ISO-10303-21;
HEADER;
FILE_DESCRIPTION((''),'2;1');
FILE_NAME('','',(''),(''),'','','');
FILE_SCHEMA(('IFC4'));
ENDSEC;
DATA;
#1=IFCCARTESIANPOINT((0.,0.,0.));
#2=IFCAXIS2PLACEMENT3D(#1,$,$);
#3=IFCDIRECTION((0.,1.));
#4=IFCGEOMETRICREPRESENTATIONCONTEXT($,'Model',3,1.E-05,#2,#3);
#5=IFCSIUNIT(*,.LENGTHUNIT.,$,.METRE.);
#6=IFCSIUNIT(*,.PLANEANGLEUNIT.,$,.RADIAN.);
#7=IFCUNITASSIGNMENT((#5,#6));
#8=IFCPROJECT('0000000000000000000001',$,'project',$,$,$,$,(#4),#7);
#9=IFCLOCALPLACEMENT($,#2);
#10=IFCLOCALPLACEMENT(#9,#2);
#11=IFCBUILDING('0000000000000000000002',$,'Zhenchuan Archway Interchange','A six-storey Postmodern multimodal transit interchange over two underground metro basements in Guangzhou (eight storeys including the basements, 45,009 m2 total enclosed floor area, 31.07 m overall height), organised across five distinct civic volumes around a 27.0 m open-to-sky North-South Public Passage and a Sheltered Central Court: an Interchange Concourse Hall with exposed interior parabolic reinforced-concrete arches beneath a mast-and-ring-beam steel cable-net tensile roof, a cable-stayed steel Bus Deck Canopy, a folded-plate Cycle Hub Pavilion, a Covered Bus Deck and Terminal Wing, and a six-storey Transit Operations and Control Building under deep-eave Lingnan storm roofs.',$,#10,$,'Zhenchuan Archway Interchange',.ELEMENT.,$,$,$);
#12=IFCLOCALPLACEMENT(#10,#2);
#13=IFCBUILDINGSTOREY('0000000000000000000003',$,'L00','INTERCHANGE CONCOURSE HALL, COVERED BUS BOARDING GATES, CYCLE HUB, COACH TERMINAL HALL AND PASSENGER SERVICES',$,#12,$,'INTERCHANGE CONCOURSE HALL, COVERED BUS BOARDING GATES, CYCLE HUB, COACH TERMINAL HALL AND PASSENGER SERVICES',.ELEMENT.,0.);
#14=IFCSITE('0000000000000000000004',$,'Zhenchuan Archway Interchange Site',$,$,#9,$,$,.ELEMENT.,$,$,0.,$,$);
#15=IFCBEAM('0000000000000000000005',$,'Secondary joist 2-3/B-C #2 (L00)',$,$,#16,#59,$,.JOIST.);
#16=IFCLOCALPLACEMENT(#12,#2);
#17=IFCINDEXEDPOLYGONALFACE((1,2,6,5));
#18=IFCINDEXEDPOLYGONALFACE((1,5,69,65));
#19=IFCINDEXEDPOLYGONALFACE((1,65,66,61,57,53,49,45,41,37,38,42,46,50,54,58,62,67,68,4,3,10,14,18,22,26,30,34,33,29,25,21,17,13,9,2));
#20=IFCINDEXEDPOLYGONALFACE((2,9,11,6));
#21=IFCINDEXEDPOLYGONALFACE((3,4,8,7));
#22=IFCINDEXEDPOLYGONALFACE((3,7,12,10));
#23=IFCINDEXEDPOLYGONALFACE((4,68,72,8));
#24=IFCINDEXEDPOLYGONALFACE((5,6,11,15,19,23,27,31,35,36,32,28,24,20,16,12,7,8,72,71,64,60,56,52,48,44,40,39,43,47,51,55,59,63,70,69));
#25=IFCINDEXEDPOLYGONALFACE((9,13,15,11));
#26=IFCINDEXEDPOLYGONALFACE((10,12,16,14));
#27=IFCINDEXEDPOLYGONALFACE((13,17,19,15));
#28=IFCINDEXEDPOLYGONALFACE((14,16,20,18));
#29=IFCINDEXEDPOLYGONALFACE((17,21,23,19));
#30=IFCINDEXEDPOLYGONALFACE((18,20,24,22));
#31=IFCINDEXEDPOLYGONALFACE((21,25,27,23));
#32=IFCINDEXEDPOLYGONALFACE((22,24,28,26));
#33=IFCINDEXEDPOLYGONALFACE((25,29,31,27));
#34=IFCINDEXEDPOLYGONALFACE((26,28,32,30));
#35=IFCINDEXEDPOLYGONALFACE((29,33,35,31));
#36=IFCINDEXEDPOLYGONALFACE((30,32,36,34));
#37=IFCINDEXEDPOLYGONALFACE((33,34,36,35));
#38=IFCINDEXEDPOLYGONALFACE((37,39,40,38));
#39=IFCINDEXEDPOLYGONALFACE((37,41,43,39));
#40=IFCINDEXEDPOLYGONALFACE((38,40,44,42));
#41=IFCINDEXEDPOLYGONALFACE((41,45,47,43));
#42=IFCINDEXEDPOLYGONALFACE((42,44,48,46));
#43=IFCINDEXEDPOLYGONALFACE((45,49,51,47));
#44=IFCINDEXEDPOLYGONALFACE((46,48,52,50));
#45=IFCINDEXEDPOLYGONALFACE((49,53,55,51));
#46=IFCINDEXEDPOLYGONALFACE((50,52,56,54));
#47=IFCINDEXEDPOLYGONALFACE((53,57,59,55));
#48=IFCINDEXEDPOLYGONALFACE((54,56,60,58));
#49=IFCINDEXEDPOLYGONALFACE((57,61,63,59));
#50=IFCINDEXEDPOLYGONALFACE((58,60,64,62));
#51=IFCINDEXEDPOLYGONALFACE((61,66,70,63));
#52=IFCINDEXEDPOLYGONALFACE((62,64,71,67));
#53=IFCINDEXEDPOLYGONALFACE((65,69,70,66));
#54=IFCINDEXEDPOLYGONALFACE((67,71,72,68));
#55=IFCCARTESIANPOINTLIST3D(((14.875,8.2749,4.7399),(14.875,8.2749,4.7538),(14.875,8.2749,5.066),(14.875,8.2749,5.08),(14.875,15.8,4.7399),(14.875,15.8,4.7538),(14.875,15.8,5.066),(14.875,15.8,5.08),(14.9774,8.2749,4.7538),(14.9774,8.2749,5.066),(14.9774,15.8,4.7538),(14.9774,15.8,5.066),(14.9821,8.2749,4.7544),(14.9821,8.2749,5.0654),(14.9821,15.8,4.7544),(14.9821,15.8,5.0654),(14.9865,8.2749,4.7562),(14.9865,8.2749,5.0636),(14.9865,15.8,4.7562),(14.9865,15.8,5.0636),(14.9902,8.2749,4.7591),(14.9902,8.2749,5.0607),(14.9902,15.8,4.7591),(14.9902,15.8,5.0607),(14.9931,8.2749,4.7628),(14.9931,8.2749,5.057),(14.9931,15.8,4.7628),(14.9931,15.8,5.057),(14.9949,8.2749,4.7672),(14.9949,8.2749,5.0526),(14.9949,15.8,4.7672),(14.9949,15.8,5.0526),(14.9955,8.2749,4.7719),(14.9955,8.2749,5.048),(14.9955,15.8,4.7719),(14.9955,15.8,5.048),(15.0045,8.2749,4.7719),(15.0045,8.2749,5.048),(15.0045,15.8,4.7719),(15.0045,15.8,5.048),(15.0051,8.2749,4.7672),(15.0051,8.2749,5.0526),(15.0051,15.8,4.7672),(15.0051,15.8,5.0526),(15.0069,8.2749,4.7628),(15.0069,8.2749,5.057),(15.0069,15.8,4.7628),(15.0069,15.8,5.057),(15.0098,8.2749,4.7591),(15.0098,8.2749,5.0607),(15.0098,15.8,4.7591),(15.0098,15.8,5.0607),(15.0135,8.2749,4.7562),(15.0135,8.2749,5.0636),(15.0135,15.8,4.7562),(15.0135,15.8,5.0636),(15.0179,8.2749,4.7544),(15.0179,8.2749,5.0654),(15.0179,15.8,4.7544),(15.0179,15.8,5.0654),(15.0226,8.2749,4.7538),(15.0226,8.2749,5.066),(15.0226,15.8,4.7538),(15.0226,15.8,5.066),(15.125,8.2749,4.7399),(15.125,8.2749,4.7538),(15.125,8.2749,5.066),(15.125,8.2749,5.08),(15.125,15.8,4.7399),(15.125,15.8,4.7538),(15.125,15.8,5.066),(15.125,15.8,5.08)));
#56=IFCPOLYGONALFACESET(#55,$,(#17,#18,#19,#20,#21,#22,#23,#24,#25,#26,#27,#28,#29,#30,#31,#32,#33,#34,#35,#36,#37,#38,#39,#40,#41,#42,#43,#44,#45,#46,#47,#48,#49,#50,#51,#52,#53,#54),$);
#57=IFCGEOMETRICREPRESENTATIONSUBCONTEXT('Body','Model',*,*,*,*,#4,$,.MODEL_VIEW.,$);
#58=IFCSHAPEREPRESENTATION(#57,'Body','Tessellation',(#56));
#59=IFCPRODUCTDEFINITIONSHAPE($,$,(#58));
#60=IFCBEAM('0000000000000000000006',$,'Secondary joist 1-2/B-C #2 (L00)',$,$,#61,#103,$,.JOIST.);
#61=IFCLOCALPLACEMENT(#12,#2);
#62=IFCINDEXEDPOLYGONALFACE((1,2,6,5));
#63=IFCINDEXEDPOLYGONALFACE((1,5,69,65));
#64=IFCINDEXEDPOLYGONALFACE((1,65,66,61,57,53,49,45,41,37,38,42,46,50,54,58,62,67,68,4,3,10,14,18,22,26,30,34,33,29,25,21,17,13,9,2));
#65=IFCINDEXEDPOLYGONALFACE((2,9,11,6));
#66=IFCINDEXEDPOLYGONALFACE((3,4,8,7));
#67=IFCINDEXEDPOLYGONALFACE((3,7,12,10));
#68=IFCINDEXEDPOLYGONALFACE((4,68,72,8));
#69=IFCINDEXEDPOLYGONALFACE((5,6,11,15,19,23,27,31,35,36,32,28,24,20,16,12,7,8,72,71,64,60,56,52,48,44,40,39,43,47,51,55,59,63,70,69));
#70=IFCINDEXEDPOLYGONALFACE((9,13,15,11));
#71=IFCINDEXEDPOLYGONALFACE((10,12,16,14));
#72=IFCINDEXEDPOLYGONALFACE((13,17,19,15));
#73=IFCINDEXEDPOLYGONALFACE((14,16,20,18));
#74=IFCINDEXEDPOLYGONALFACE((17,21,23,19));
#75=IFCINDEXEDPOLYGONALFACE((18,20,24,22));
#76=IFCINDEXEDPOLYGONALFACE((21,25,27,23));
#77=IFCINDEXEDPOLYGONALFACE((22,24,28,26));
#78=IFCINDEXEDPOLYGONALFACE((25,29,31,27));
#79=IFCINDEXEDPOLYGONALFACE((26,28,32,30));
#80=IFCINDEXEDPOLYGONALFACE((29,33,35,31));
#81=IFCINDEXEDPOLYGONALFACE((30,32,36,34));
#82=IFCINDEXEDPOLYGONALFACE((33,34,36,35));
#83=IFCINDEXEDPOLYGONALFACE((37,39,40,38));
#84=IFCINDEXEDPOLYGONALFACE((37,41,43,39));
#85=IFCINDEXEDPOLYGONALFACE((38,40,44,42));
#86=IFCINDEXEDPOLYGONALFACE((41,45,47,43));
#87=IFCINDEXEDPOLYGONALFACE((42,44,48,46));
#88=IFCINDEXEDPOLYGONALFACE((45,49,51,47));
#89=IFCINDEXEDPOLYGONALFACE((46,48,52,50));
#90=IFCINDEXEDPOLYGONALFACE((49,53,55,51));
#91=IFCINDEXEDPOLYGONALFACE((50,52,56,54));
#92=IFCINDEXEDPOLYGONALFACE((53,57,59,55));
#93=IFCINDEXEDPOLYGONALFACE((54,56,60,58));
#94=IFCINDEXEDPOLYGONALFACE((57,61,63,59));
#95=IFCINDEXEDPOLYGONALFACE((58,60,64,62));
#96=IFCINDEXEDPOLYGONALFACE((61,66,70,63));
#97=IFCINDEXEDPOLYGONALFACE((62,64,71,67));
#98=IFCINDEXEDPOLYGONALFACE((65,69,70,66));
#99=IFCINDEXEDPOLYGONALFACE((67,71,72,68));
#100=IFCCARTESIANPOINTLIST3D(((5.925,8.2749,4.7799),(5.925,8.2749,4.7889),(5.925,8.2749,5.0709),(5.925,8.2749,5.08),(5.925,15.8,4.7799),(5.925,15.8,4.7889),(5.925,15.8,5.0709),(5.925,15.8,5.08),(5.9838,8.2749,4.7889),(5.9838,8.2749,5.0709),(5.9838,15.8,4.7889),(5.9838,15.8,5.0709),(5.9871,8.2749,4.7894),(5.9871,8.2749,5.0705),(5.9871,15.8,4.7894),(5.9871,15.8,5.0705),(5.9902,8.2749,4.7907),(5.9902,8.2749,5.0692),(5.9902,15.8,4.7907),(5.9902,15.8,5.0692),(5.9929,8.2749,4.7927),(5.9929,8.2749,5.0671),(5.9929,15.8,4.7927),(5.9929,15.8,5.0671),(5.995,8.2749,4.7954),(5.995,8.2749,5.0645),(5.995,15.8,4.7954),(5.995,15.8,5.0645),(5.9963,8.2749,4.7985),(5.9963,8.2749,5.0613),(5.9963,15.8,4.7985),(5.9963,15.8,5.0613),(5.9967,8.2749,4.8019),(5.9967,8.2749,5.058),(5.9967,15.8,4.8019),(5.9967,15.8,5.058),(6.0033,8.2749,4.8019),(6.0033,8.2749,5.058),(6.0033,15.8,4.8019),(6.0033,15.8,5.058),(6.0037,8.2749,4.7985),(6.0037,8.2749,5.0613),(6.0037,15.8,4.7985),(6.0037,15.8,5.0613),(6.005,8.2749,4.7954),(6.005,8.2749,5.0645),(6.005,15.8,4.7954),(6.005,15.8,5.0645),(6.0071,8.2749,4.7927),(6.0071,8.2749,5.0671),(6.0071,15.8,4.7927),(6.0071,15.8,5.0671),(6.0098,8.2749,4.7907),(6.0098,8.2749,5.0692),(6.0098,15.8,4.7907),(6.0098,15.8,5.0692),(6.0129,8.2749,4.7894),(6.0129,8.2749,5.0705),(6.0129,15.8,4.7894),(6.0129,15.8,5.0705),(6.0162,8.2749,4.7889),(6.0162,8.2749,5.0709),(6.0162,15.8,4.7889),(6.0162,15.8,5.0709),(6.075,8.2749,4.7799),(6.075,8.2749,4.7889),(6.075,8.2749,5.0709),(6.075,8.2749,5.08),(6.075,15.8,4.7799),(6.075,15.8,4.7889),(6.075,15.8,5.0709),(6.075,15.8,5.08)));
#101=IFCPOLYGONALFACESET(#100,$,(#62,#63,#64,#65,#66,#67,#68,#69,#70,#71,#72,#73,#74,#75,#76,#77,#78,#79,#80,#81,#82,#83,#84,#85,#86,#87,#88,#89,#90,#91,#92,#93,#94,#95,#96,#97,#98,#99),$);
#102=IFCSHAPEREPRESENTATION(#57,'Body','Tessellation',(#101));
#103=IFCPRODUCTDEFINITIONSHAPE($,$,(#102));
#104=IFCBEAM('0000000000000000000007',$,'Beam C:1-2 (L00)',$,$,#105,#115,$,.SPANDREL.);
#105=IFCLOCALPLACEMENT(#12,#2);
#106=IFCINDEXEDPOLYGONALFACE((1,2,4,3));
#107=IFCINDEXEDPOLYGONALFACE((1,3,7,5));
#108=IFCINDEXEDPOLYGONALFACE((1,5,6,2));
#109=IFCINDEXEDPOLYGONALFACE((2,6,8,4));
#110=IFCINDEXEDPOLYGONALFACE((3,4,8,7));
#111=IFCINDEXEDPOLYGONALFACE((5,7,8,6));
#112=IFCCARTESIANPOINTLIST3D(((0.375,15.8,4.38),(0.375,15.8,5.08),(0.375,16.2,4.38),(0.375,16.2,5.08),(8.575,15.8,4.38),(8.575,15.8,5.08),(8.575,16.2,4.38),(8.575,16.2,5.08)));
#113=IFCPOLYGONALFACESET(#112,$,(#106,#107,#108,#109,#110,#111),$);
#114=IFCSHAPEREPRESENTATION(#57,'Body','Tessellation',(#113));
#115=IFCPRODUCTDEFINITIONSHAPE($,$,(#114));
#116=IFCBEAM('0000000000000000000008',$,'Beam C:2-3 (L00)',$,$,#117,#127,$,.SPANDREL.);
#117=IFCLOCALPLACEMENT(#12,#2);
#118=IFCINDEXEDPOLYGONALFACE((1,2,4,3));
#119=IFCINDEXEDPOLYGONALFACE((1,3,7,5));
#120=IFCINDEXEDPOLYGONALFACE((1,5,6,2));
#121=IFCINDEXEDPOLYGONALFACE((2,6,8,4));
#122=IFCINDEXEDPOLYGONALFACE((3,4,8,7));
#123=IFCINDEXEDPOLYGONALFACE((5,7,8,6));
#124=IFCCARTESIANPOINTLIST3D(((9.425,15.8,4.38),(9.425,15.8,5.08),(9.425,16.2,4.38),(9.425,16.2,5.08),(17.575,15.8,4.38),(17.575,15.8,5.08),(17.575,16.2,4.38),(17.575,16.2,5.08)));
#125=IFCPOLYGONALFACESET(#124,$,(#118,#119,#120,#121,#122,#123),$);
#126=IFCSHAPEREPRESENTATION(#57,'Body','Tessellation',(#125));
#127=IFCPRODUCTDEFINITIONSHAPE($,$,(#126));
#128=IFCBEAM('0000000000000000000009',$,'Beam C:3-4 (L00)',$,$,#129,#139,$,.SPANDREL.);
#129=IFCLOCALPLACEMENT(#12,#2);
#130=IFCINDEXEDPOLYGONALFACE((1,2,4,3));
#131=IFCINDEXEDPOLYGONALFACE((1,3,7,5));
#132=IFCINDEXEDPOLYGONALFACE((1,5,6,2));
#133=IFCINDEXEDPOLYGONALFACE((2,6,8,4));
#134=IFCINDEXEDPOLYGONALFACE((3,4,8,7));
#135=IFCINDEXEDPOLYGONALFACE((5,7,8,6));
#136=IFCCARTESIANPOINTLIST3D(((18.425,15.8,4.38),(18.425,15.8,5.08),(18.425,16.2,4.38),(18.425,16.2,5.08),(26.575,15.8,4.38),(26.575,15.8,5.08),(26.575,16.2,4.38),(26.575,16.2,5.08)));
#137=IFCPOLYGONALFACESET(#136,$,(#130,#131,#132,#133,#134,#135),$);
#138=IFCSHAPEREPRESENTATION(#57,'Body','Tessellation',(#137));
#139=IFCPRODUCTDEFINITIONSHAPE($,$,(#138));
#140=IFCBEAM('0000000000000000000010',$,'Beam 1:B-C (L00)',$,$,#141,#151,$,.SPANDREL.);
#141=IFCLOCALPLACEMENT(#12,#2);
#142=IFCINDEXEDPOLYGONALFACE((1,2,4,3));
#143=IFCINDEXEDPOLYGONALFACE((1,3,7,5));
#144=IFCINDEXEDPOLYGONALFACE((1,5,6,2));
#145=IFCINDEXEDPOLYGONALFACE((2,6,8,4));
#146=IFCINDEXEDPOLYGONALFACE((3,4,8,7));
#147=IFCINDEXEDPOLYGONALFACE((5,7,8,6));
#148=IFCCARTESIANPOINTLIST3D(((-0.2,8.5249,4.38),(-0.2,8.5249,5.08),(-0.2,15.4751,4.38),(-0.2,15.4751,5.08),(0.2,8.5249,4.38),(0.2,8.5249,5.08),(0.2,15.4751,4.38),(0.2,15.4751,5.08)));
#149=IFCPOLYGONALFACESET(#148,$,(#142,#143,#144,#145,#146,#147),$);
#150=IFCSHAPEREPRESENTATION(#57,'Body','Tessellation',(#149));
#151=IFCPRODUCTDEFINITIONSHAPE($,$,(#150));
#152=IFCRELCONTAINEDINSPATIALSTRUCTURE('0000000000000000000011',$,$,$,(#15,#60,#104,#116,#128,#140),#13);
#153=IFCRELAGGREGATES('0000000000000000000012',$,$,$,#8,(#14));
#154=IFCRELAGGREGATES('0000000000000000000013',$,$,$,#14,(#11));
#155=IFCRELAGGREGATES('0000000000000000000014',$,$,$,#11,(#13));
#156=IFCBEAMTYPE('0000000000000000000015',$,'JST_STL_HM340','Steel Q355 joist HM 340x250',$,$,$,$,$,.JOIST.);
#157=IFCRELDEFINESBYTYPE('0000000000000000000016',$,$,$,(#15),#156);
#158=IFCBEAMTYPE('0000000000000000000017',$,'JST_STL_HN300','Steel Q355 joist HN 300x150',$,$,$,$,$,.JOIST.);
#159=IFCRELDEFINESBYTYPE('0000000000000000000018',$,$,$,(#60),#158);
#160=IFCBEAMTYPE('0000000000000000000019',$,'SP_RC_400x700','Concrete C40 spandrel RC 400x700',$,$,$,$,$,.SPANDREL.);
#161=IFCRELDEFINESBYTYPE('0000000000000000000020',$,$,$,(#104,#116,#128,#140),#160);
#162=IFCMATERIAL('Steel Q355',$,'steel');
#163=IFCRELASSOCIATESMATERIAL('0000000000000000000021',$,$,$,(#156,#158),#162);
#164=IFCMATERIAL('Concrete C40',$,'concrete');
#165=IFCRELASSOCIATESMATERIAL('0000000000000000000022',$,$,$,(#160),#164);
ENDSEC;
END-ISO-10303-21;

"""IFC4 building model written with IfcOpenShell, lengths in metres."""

from ifc_helpers import new_model, si_unit, direction, frame, origin, origin_2d, place, context, subcontext, project, spatial, rectangle, i_section, extrude, material, material_profile, profile_set, type_object, element, save


model = new_model("IFC4")

# Units and contexts
model_context = context("Model", 3, precision=1e-05, world=origin(), true_north=direction((0.0, 1.0)))
body_context = subcontext(model_context, "Body", "Model", "MODEL_VIEW")
ifc_project = project(units=[si_unit("LENGTHUNIT", "METRE"), si_unit("PLANEANGLEUNIT", "RADIAN")], contexts=[model_context])

# Site, building, storey
site_placement = place(None, origin())
site = spatial("IfcSite", under=ifc_project, at=site_placement, Name="Zhenchuan Archway Interchange Site", CompositionType="ELEMENT", RefElevation=0.0)
building_placement = place(site_placement, origin())
building = spatial("IfcBuilding", under=site, at=building_placement, Name="Zhenchuan Archway Interchange", Description="A six-storey Postmodern multimodal transit interchange over two underground metro basements in Guangzhou (eight storeys including the basements, 45,009 m2 total enclosed floor area, 31.07 m overall height), organised across five distinct civic volumes around a 27.0 m open-to-sky North-South Public Passage and a Sheltered Central Court: an Interchange Concourse Hall with exposed interior parabolic reinforced-concrete arches beneath a mast-and-ring-beam steel cable-net tensile roof, a cable-stayed steel Bus Deck Canopy, a folded-plate Cycle Hub Pavilion, a Covered Bus Deck and Terminal Wing, and a six-storey Transit Operations and Control Building under deep-eave Lingnan storm roofs.", LongName="Zhenchuan Archway Interchange", CompositionType="ELEMENT")
storey_placement = place(building_placement, origin())
storey = spatial("IfcBuildingStorey", under=building, at=storey_placement, Name="L00", Description="INTERCHANGE CONCOURSE HALL, COVERED BUS BOARDING GATES, CYCLE HUB, COACH TERMINAL HALL AND PASSENGER SERVICES", LongName="INTERCHANGE CONCOURSE HALL, COVERED BUS BOARDING GATES, CYCLE HUB, COACH TERMINAL HALL AND PASSENGER SERVICES", CompositionType="ELEMENT", Elevation=0.0)

# Shared definitions
ifc_material_1 = material(Name="Concrete C40", Category="concrete")

# Beams
ifc_material_2 = material(Name="Steel Q355", Category="steel")
ifc_material_profile_1 = material_profile(ifc_material_2, i_section(OverallWidth=0.25, OverallDepth=0.3401, WebThickness=0.009, FlangeThickness=0.0139, FilletRadius=0.0181, at=origin_2d()), Name="HM 340x250")
ifc_profile_set_1 = profile_set([ifc_material_profile_1], Name="Steel Q355")
beam_type_1 = type_object("IfcBeamType", Name="JST_STL_HM340", Description="Steel Q355 joist HM 340x250", PredefinedType="JOIST", material=ifc_profile_set_1)
for number, where, z_axis, x_axis, name in (
    (1, (15.0, 8.2749, 4.9099), (0.0, 1.0, 0.0), (-1.0, 0.0, 0.0), "Secondary joist 2-3/B-C #2 (L00)"),
):
    element("IfcBeam", number, at=place(storey_placement, frame(where, z_axis=z_axis, x_axis=x_axis)), inside=storey, type_object=beam_type_1, Name=name, PredefinedType="JOIST", context=body_context, shape_type="SweptSolid", body=[
        extrude(i_section(OverallWidth=0.25, OverallDepth=0.3401, WebThickness=0.009, FlangeThickness=0.0139, FilletRadius=0.0181, at=origin_2d()), origin(), (0.0, 0.0, 1.0), 7.5251),
    ])
ifc_material_profile_2 = material_profile(ifc_material_2, i_section(OverallWidth=0.1499, OverallDepth=0.3, WebThickness=0.0066, FlangeThickness=0.009, FilletRadius=0.0129, at=origin_2d()), Name="HN 300x150")
ifc_profile_set_2 = profile_set([ifc_material_profile_2], Name="Steel Q355")
beam_type_2 = type_object("IfcBeamType", Name="JST_STL_HN300", Description="Steel Q355 joist HN 300x150", PredefinedType="JOIST", material=ifc_profile_set_2)
beam_1_placement = place(storey_placement, frame((6.0, 8.2749, 4.9299), z_axis=(0.0, 1.0, 0.0), x_axis=(-1.0, 0.0, 0.0)))
element("IfcBeam", 2, at=beam_1_placement, inside=storey, type_object=beam_type_2, Name="Secondary joist 1-2/B-C #2 (L00)", PredefinedType="JOIST", context=body_context, shape_type="SweptSolid", body=[
    extrude(i_section(OverallWidth=0.1499, OverallDepth=0.3, WebThickness=0.0066, FlangeThickness=0.009, FilletRadius=0.0129, at=origin_2d()), origin(), (0.0, 0.0, 1.0), 7.5251),
])
ifc_material_profile_3 = material_profile(ifc_material_1, rectangle(XDim=0.3999, YDim=0.7, at=origin_2d()), Name="RC 400x700")
ifc_profile_set_3 = profile_set([ifc_material_profile_3], Name="Concrete C40")
beam_type_3 = type_object("IfcBeamType", Name="SP_RC_400x700", Description="Concrete C40 spandrel RC 400x700", PredefinedType="SPANDREL", material=ifc_profile_set_3)
beam_2_placement = place(storey_placement, frame((0.375, 16.0, 4.73), z_axis=(1.0, 0.0, 0.0), x_axis=(0.0, 1.0, 0.0)))
element("IfcBeam", 3, at=beam_2_placement, inside=storey, type_object=beam_type_3, Name="Beam C:1-2 (L00)", PredefinedType="SPANDREL", context=body_context, shape_type="SweptSolid", body=[
    extrude(rectangle(XDim=0.3999, YDim=0.7, at=origin_2d()), origin(), (0.0, 0.0, 1.0), 8.2),
])
for number, where, z_axis, x_axis, name in (
    (4, (9.425, 16.0, 4.73), (1.0, 0.0, 0.0), (0.0, 1.0, 0.0), "Beam C:2-3 (L00)"),
    (5, (18.425, 16.0, 4.73), (1.0, 0.0, 0.0), (0.0, 1.0, 0.0), "Beam C:3-4 (L00)"),
):
    element("IfcBeam", number, at=place(storey_placement, frame(where, z_axis=z_axis, x_axis=x_axis)), inside=storey, type_object=beam_type_3, Name=name, PredefinedType="SPANDREL", context=body_context, shape_type="SweptSolid", body=[
        extrude(rectangle(XDim=0.3999, YDim=0.7, at=origin_2d()), origin(), (0.0, 0.0, 1.0), 8.1499),
    ])
beam_3_placement = place(storey_placement, frame((0.0, 8.5249, 4.73), z_axis=(0.0, 1.0, 0.0), x_axis=(-1.0, 0.0, 0.0)))
element("IfcBeam", 6, at=beam_3_placement, inside=storey, type_object=beam_type_3, Name="Beam 1:B-C (L00)", PredefinedType="SPANDREL", context=body_context, shape_type="SweptSolid", body=[
    extrude(rectangle(XDim=0.3999, YDim=0.7, at=origin_2d()), origin(), (0.0, 0.0, 1.0), 6.9502),
])

save(model, "model.ifc")
